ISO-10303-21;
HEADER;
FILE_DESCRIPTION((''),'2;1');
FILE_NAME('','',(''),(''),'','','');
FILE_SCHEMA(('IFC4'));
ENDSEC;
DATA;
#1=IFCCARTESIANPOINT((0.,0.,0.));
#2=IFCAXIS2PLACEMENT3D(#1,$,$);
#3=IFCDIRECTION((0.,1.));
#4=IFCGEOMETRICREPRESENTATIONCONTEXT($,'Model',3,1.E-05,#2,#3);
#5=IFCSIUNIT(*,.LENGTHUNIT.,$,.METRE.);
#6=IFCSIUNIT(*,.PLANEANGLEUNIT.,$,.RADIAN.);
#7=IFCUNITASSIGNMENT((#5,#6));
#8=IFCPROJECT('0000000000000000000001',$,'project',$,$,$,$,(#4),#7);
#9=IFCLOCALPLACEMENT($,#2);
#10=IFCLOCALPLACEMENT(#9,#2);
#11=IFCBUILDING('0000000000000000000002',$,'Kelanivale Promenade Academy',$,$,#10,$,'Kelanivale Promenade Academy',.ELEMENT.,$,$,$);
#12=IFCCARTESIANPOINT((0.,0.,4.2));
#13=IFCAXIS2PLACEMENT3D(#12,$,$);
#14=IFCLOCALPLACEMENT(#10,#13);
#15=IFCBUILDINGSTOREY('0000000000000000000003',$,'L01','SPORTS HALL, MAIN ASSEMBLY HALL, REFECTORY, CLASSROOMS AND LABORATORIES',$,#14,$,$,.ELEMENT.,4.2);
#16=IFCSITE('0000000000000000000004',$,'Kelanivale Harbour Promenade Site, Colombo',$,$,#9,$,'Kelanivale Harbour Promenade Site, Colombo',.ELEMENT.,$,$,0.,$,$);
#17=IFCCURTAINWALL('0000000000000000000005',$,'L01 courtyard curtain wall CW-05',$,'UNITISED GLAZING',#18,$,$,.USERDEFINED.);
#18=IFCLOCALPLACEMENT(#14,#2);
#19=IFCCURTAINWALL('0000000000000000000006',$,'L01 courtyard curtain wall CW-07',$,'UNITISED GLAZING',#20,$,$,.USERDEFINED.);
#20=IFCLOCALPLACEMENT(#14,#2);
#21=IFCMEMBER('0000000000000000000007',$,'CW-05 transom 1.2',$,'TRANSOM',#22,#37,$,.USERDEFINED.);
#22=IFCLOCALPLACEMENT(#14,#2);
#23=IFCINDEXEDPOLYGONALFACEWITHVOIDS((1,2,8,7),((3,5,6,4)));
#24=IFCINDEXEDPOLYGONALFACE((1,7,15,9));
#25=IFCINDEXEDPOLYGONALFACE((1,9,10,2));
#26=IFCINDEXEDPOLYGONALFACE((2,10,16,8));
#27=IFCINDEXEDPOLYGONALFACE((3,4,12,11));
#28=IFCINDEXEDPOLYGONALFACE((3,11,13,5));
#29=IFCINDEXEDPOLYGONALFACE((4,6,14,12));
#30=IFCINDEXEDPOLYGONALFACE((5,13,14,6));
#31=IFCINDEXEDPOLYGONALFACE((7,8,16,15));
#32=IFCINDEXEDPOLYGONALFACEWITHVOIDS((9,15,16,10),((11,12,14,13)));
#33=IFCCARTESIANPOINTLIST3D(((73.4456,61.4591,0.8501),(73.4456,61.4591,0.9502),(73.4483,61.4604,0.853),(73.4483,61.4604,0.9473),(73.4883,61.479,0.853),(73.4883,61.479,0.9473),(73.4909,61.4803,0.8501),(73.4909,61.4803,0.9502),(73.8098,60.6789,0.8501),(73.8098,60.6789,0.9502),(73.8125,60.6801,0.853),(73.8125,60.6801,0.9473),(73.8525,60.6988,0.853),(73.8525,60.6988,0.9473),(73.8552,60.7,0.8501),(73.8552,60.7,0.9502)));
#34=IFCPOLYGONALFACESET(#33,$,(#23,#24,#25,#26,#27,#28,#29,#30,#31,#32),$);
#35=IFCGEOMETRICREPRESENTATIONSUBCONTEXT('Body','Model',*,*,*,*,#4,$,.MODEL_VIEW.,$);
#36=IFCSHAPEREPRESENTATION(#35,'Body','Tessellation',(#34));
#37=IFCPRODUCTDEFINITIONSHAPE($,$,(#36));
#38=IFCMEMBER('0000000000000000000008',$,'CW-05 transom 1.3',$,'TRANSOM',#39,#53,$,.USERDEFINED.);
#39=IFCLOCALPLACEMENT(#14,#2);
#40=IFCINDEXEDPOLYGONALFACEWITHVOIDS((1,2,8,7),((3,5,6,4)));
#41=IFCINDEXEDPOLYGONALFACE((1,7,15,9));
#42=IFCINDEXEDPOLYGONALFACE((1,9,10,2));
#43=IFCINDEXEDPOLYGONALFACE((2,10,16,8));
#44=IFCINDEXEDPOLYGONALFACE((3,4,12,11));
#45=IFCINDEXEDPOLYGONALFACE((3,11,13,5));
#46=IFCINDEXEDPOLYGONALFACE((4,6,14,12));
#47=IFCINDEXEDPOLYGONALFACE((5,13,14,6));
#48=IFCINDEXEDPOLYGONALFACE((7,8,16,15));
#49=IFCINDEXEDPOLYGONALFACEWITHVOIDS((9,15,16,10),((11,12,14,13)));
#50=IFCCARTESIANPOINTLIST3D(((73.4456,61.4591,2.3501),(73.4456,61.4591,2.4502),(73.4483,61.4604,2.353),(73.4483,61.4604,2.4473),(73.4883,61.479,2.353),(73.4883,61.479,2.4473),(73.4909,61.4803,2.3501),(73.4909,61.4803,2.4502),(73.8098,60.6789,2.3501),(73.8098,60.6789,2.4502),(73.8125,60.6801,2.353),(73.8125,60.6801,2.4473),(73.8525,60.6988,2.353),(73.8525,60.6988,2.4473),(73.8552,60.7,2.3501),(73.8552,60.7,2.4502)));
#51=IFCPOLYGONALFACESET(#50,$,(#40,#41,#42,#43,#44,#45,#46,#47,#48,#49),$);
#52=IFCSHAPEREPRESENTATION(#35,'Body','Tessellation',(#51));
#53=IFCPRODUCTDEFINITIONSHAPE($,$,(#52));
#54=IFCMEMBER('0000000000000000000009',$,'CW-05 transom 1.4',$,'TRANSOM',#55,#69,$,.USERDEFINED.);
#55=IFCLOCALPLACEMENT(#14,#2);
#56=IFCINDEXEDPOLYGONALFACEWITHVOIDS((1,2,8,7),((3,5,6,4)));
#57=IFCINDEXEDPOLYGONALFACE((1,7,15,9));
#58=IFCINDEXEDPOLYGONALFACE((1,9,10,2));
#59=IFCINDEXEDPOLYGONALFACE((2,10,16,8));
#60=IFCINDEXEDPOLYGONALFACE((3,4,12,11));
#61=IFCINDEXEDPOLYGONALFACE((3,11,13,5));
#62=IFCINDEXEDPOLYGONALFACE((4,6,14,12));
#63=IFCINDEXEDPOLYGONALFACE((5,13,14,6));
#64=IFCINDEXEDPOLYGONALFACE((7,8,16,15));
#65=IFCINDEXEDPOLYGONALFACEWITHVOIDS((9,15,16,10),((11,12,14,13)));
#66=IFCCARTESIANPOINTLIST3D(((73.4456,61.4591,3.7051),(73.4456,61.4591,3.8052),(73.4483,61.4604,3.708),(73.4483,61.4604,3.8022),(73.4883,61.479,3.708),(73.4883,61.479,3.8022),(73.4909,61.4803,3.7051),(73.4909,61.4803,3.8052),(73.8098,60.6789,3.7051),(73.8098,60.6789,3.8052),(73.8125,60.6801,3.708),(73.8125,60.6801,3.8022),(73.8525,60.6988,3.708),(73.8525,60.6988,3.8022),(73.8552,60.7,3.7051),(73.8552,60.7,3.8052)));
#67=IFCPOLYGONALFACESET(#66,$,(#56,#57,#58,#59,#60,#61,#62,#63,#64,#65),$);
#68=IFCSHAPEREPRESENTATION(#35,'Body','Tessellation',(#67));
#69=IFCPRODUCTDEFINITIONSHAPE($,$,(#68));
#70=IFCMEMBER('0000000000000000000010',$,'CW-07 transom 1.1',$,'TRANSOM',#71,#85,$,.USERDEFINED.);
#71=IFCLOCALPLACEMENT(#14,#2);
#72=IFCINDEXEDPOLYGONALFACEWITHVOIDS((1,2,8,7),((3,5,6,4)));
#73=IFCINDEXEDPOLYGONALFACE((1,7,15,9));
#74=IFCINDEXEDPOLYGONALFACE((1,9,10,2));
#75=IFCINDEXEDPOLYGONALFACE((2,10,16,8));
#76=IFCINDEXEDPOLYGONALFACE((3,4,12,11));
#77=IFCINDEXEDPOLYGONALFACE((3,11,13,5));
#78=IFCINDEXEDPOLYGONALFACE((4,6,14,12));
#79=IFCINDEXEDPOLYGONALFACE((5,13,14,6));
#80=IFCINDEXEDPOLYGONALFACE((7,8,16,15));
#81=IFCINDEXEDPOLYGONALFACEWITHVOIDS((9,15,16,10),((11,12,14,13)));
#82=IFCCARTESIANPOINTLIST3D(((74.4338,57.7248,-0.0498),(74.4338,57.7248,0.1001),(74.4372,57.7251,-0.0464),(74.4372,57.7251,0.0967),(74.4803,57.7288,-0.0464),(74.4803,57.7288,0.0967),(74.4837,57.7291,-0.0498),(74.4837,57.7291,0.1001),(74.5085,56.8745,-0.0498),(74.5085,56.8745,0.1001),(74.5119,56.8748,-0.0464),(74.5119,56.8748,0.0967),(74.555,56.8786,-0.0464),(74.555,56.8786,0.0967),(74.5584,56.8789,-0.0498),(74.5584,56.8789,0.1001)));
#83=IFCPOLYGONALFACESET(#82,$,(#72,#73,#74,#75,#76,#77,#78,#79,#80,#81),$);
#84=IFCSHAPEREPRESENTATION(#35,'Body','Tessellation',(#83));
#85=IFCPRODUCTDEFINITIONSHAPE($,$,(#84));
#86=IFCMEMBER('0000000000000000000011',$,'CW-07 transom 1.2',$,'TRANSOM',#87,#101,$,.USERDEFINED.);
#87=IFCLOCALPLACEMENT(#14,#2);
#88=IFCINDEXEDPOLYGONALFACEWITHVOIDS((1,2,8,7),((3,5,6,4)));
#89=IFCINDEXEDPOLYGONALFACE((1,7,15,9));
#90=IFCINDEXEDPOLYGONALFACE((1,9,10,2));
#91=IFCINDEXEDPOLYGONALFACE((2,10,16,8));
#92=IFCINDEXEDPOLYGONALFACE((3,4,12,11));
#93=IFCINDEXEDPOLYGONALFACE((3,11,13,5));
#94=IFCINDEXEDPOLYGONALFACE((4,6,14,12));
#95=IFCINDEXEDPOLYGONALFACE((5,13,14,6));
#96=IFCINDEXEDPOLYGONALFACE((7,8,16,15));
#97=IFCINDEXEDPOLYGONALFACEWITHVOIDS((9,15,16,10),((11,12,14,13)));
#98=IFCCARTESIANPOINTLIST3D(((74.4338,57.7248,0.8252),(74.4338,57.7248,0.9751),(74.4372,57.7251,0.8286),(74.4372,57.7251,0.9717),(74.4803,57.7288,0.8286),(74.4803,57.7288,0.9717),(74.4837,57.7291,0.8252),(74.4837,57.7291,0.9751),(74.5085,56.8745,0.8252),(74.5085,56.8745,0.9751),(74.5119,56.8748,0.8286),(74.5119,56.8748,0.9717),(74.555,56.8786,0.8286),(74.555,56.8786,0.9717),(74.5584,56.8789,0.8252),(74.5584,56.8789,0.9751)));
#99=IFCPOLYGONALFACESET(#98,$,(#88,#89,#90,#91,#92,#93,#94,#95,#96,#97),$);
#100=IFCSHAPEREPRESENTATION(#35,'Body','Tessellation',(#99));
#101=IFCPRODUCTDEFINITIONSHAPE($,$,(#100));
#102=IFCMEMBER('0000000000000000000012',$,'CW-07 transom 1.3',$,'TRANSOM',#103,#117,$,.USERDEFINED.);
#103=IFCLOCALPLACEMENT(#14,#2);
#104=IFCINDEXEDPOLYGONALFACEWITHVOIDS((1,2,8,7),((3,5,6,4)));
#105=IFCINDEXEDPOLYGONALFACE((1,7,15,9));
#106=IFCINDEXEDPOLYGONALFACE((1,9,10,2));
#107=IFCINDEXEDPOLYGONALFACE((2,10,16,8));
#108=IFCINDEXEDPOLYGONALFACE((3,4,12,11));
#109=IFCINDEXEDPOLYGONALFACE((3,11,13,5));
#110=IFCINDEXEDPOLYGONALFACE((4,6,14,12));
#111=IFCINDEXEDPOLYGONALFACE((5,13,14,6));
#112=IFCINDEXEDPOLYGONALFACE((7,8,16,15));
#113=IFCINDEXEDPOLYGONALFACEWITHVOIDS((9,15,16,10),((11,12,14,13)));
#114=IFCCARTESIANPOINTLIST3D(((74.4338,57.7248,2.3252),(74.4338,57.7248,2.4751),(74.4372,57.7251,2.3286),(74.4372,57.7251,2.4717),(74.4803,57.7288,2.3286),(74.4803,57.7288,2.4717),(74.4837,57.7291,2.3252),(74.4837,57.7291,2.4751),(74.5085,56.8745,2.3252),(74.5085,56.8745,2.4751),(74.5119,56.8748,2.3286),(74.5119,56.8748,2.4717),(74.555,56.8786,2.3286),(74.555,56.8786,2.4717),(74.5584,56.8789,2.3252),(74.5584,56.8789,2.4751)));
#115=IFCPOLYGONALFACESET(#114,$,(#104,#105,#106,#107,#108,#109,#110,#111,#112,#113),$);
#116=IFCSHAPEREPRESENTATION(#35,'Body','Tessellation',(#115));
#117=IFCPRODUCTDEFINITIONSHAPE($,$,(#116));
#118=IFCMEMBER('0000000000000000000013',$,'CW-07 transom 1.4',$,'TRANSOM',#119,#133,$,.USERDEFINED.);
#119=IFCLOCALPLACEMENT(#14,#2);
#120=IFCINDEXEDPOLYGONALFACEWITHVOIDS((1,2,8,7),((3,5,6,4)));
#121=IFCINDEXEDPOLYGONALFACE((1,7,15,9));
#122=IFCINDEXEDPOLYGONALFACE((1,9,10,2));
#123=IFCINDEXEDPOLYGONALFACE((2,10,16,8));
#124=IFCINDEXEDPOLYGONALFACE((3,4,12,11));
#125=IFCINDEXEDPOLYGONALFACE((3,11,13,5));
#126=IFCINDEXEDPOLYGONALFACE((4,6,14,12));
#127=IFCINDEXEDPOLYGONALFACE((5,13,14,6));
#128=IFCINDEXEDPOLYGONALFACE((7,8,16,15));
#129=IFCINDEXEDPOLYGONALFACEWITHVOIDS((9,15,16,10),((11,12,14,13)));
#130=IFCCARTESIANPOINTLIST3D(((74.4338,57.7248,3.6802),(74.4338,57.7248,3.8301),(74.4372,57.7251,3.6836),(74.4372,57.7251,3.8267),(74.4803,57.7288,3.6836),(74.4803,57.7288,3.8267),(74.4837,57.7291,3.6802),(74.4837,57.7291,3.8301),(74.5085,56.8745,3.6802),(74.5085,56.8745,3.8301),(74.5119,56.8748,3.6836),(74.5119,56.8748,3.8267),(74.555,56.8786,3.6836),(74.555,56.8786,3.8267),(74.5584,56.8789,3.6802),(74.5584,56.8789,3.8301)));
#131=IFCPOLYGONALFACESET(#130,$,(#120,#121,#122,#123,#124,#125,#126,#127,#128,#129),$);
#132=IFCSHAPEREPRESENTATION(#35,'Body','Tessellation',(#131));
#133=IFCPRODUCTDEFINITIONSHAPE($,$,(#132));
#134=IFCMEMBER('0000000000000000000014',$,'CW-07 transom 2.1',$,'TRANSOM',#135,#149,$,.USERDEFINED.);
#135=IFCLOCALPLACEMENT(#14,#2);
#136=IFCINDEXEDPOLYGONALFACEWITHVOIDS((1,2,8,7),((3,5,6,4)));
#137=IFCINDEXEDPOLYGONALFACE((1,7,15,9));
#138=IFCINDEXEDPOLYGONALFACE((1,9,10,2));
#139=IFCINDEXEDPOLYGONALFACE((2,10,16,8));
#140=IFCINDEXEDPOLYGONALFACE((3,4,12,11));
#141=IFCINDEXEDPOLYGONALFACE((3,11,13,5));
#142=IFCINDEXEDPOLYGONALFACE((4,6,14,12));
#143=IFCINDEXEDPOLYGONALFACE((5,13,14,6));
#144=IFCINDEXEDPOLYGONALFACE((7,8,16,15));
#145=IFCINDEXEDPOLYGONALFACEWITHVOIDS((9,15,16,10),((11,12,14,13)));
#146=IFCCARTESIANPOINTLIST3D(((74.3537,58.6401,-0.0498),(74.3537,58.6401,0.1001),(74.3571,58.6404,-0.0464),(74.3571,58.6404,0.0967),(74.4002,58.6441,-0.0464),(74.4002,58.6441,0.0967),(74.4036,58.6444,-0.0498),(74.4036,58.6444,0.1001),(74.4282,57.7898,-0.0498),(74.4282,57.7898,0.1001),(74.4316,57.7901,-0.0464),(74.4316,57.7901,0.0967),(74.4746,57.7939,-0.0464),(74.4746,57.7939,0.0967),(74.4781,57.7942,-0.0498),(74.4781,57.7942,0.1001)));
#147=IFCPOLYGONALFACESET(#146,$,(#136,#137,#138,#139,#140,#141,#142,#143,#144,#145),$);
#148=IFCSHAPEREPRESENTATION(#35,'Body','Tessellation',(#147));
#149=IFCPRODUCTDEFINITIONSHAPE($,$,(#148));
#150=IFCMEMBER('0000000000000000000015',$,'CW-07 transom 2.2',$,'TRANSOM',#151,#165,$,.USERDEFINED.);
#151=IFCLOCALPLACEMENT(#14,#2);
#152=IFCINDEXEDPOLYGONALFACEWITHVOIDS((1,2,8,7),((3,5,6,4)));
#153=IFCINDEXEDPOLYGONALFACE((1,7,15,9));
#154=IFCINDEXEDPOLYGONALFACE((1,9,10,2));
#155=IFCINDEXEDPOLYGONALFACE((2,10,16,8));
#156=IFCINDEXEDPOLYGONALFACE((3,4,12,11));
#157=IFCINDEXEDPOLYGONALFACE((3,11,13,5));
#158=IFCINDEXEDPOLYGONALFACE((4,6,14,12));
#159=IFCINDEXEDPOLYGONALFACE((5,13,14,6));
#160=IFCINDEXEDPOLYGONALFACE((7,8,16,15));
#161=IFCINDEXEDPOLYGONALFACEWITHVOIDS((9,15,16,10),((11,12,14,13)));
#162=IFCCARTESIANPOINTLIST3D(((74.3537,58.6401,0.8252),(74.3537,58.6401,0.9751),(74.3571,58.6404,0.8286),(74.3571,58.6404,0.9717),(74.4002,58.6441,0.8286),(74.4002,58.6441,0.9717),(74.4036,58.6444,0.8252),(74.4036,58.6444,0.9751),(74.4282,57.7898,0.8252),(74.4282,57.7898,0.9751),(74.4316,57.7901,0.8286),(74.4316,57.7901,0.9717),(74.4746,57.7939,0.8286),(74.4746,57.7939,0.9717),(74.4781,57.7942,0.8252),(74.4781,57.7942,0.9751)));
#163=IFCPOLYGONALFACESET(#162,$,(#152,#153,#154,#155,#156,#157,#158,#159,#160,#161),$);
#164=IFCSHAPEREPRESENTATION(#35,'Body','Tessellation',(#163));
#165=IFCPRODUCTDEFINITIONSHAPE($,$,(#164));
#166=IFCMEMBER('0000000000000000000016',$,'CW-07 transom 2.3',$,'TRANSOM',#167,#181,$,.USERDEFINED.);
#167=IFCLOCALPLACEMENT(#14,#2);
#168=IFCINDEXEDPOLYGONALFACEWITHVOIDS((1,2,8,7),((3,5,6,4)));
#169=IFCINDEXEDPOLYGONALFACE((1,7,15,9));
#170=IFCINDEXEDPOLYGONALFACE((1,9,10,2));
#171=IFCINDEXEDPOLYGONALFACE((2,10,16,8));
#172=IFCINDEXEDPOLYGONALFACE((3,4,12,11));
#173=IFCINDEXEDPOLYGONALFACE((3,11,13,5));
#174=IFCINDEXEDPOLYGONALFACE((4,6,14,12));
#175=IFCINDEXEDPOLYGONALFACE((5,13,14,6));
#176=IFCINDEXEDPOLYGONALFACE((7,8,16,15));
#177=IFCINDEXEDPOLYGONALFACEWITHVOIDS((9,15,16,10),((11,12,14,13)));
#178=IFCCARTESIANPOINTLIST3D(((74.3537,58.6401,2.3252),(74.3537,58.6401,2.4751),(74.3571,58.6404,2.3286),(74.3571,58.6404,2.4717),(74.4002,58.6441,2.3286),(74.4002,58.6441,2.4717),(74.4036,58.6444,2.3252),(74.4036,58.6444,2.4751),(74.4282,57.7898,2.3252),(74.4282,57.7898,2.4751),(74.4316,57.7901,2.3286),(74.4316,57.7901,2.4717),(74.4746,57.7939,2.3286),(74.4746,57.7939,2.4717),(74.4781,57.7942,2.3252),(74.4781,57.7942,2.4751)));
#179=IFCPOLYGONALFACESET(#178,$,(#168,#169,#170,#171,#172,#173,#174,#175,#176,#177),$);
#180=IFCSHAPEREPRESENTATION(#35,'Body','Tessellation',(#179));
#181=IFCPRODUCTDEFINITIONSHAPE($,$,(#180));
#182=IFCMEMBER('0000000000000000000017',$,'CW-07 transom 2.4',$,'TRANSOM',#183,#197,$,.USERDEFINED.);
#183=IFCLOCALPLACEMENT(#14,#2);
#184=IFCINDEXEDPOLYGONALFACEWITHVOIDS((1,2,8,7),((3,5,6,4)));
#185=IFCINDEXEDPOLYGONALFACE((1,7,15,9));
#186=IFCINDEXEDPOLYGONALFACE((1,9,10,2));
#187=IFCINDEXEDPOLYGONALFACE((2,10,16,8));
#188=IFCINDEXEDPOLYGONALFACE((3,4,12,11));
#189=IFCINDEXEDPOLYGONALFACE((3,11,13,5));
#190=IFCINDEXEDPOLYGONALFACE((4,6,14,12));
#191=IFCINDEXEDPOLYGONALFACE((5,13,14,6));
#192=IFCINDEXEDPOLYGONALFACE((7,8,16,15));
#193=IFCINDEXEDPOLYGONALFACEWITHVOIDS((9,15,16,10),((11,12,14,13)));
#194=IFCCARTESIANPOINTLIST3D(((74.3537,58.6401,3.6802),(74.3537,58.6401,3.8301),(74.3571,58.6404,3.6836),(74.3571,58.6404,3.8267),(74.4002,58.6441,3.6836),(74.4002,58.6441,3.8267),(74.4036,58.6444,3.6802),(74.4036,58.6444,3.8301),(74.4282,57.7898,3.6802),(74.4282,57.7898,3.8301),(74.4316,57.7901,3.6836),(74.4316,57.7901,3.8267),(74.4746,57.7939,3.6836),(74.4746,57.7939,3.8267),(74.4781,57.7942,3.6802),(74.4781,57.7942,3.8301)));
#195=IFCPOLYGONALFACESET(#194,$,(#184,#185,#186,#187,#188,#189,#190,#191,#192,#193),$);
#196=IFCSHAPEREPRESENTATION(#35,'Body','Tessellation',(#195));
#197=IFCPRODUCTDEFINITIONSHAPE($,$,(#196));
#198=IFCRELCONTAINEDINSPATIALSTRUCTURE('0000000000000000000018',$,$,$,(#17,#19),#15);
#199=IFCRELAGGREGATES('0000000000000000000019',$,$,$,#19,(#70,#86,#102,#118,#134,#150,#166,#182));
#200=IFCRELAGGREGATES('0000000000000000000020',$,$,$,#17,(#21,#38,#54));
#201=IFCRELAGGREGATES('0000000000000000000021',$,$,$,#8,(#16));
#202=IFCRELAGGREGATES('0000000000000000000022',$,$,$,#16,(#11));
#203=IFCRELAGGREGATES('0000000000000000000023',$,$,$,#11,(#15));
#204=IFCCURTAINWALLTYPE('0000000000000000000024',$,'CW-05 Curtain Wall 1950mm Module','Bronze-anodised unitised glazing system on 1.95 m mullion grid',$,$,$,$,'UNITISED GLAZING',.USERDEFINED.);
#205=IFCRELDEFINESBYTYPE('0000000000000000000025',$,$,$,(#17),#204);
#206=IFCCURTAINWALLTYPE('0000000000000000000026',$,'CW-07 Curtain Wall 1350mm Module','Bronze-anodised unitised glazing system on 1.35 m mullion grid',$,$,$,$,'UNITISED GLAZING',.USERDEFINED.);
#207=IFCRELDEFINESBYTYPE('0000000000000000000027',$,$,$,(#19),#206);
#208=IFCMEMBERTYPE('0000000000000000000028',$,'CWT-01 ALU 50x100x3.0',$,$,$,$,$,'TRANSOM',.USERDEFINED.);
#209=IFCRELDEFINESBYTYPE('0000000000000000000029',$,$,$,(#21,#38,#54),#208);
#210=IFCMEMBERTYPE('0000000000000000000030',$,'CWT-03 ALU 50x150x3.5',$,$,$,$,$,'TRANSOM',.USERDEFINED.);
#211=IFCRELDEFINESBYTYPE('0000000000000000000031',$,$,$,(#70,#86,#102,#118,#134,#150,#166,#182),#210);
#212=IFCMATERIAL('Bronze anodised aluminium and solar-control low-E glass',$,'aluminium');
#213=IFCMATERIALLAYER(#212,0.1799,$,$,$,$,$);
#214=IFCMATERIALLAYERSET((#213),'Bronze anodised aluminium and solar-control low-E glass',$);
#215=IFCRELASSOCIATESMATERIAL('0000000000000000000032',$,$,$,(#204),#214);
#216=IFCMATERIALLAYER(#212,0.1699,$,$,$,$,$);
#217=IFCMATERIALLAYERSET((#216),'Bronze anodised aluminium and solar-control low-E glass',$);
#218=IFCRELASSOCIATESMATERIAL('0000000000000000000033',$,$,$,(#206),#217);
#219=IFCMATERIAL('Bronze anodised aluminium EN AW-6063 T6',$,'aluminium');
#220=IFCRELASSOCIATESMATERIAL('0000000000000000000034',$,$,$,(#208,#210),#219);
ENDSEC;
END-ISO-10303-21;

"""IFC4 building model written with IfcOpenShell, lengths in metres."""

from ifc_helpers import new_model, si_unit, direction, frame, origin, origin_2d, place, context, subcontext, project, spatial, hollow_rectangle, extrude, material, layer, layer_set, material_profile, profile_set, type_object, element, aggregate, save


model = new_model("IFC4")

# Units and contexts
model_context = context("Model", 3, precision=1e-05, world=origin(), true_north=direction((0.0, 1.0)))
body_context = subcontext(model_context, "Body", "Model", "MODEL_VIEW")
ifc_project = project(units=[si_unit("LENGTHUNIT", "METRE"), si_unit("PLANEANGLEUNIT", "RADIAN")], contexts=[model_context])

# Site, building, storey
site_placement = place(None, origin())
site = spatial("IfcSite", under=ifc_project, at=site_placement, Name="Kelanivale Harbour Promenade Site, Colombo", LongName="Kelanivale Harbour Promenade Site, Colombo", CompositionType="ELEMENT", RefElevation=0.0)
building_placement = place(site_placement, origin())
building = spatial("IfcBuilding", under=site, at=building_placement, Name="Kelanivale Promenade Academy", LongName="Kelanivale Promenade Academy", CompositionType="ELEMENT")
storey_placement = place(building_placement, frame((0.0, 0.0, 4.2)))
storey = spatial("IfcBuildingStorey", under=building, at=storey_placement, Name="L01", Description="SPORTS HALL, MAIN ASSEMBLY HALL, REFECTORY, CLASSROOMS AND LABORATORIES", CompositionType="ELEMENT", Elevation=4.2)

# Curtain wall
ifc_material_1 = material(Name="Bronze anodised aluminium and solar-control low-E glass", Category="aluminium")
ifc_layer_1 = layer(ifc_material_1, 0.1799)
ifc_layer_set_1 = layer_set([ifc_layer_1], Name="Bronze anodised aluminium and solar-control low-E glass")
curtain_wall_type_1 = type_object("IfcCurtainWallType", Name="CW-05 Curtain Wall 1950mm Module", Description="Bronze-anodised unitised glazing system on 1.95 m mullion grid", ElementType="UNITISED GLAZING", PredefinedType="USERDEFINED", material=ifc_layer_set_1)
curtain_wall_1_placement = place(storey_placement, origin())
curtain_wall_1 = element("IfcCurtainWall", 1, at=curtain_wall_1_placement, inside=storey, type_object=curtain_wall_type_1, Name="L01 courtyard curtain wall CW-05", ObjectType="UNITISED GLAZING", PredefinedType="USERDEFINED")
ifc_material_2 = material(Name="Bronze anodised aluminium EN AW-6063 T6", Category="aluminium")

# Curtain wall
ifc_layer_2 = layer(ifc_material_1, 0.1699)
ifc_layer_set_2 = layer_set([ifc_layer_2], Name="Bronze anodised aluminium and solar-control low-E glass")
curtain_wall_type_2 = type_object("IfcCurtainWallType", Name="CW-07 Curtain Wall 1350mm Module", Description="Bronze-anodised unitised glazing system on 1.35 m mullion grid", ElementType="UNITISED GLAZING", PredefinedType="USERDEFINED", material=ifc_layer_set_2)
curtain_wall_2_placement = place(storey_placement, origin())
curtain_wall_2 = element("IfcCurtainWall", 2, at=curtain_wall_2_placement, inside=storey, type_object=curtain_wall_type_2, Name="L01 courtyard curtain wall CW-07", ObjectType="UNITISED GLAZING", PredefinedType="USERDEFINED")

# Members
ifc_material_profile_1 = material_profile(ifc_material_2, hollow_rectangle(XDim=0.05, YDim=0.1001, WallThickness=0.0029, at=origin_2d()), Name="ALU 50x100x3.0")
ifc_profile_set_1 = profile_set([ifc_material_profile_1], Name="Bronze anodised aluminium EN AW-6063 T6")
member_type_1 = type_object("IfcMemberType", Name="CWT-01 ALU 50x100x3.0", ElementType="TRANSOM", PredefinedType="USERDEFINED", material=ifc_profile_set_1)
member_1_placement = place(storey_placement, frame((73.8325, 60.6895, 0.9001), z_axis=(-0.42301, 0.906125, 0.0), x_axis=(-0.906125, -0.42301, 0.0)))
member_1 = element("IfcMember", 3, at=member_1_placement, type_object=member_type_1, Name="CW-05 transom 1.2", ObjectType="TRANSOM", PredefinedType="USERDEFINED", context=body_context, shape_type="SweptSolid", body=[
    extrude(hollow_rectangle(XDim=0.05, YDim=0.1001, WallThickness=0.0029, at=origin_2d()), origin(), (0.0, 0.0, 1.0), 0.8611),
])
member_2_placement = place(storey_placement, frame((73.8325, 60.6895, 2.4001), z_axis=(-0.42301, 0.906125, 0.0), x_axis=(-0.906125, -0.42301, 0.0)))
member_2 = element("IfcMember", 4, at=member_2_placement, type_object=member_type_1, Name="CW-05 transom 1.3", ObjectType="TRANSOM", PredefinedType="USERDEFINED", context=body_context, shape_type="SweptSolid", body=[
    extrude(hollow_rectangle(XDim=0.05, YDim=0.1001, WallThickness=0.0029, at=origin_2d()), origin(), (0.0, 0.0, 1.0), 0.8611),
])
member_3_placement = place(storey_placement, frame((73.8325, 60.6895, 3.7551), z_axis=(-0.42301, 0.906125, 0.0), x_axis=(-0.906125, -0.42301, 0.0)))
member_3 = element("IfcMember", 5, at=member_3_placement, type_object=member_type_1, Name="CW-05 transom 1.4", ObjectType="TRANSOM", PredefinedType="USERDEFINED", context=body_context, shape_type="SweptSolid", body=[
    extrude(hollow_rectangle(XDim=0.05, YDim=0.1001, WallThickness=0.0029, at=origin_2d()), origin(), (0.0, 0.0, 1.0), 0.8611),
])
ifc_material_profile_2 = material_profile(ifc_material_2, hollow_rectangle(XDim=0.05, YDim=0.1499, WallThickness=0.0034, at=origin_2d()), Name="ALU 50x150x3.5")
ifc_profile_set_2 = profile_set([ifc_material_profile_2], Name="Bronze anodised aluminium EN AW-6063 T6")
member_type_2 = type_object("IfcMemberType", Name="CWT-03 ALU 50x150x3.5", ElementType="TRANSOM", PredefinedType="USERDEFINED", material=ifc_profile_set_2)
member_4_placement = place(storey_placement, frame((74.5334, 56.8767, 0.0251), z_axis=(-0.087518, 0.996163, 0.0), x_axis=(-0.996163, -0.087518, 0.0)))
member_4 = element("IfcMember", 6, at=member_4_placement, type_object=member_type_2, Name="CW-07 transom 1.1", ObjectType="TRANSOM", PredefinedType="USERDEFINED", context=body_context, shape_type="SweptSolid", body=[
    extrude(hollow_rectangle(XDim=0.05, YDim=0.1499, WallThickness=0.0034, at=origin_2d()), origin(), (0.0, 0.0, 1.0), 0.8535),
])
member_5_placement = place(storey_placement, frame((74.5334, 56.8767, 0.9001), z_axis=(-0.087518, 0.996163, 0.0), x_axis=(-0.996163, -0.087518, 0.0)))
member_5 = element("IfcMember", 7, at=member_5_placement, type_object=member_type_2, Name="CW-07 transom 1.2", ObjectType="TRANSOM", PredefinedType="USERDEFINED", context=body_context, shape_type="SweptSolid", body=[
    extrude(hollow_rectangle(XDim=0.05, YDim=0.1499, WallThickness=0.0034, at=origin_2d()), origin(), (0.0, 0.0, 1.0), 0.8535),
])
member_6_placement = place(storey_placement, frame((74.5334, 56.8767, 2.4001), z_axis=(-0.087518, 0.996163, 0.0), x_axis=(-0.996163, -0.087518, 0.0)))
member_6 = element("IfcMember", 8, at=member_6_placement, type_object=member_type_2, Name="CW-07 transom 1.3", ObjectType="TRANSOM", PredefinedType="USERDEFINED", context=body_context, shape_type="SweptSolid", body=[
    extrude(hollow_rectangle(XDim=0.05, YDim=0.1499, WallThickness=0.0034, at=origin_2d()), origin(), (0.0, 0.0, 1.0), 0.8535),
])
member_7_placement = place(storey_placement, frame((74.5334, 56.8767, 3.7551), z_axis=(-0.087518, 0.996163, 0.0), x_axis=(-0.996163, -0.087518, 0.0)))
member_7 = element("IfcMember", 9, at=member_7_placement, type_object=member_type_2, Name="CW-07 transom 1.4", ObjectType="TRANSOM", PredefinedType="USERDEFINED", context=body_context, shape_type="SweptSolid", body=[
    extrude(hollow_rectangle(XDim=0.05, YDim=0.1499, WallThickness=0.0034, at=origin_2d()), origin(), (0.0, 0.0, 1.0), 0.8535),
])
member_8_placement = place(storey_placement, frame((74.4531, 57.792, 0.0251), z_axis=(-0.087234, 0.996188, 0.0), x_axis=(-0.996188, -0.087234, 0.0)))
member_8 = element("IfcMember", 10, at=member_8_placement, type_object=member_type_2, Name="CW-07 transom 2.1", ObjectType="TRANSOM", PredefinedType="USERDEFINED", context=body_context, shape_type="SweptSolid", body=[
    extrude(hollow_rectangle(XDim=0.05, YDim=0.1499, WallThickness=0.0034, at=origin_2d()), origin(), (0.0, 0.0, 1.0), 0.8535),
])
member_9_placement = place(storey_placement, frame((74.4531, 57.792, 0.9001), z_axis=(-0.087234, 0.996188, 0.0), x_axis=(-0.996188, -0.087234, 0.0)))
member_9 = element("IfcMember", 11, at=member_9_placement, type_object=member_type_2, Name="CW-07 transom 2.2", ObjectType="TRANSOM", PredefinedType="USERDEFINED", context=body_context, shape_type="SweptSolid", body=[
    extrude(hollow_rectangle(XDim=0.05, YDim=0.1499, WallThickness=0.0034, at=origin_2d()), origin(), (0.0, 0.0, 1.0), 0.8535),
])
member_10_placement = place(storey_placement, frame((74.4531, 57.792, 2.4001), z_axis=(-0.087234, 0.996188, 0.0), x_axis=(-0.996188, -0.087234, 0.0)))
member_10 = element("IfcMember", 12, at=member_10_placement, type_object=member_type_2, Name="CW-07 transom 2.3", ObjectType="TRANSOM", PredefinedType="USERDEFINED", context=body_context, shape_type="SweptSolid", body=[
    extrude(hollow_rectangle(XDim=0.05, YDim=0.1499, WallThickness=0.0034, at=origin_2d()), origin(), (0.0, 0.0, 1.0), 0.8535),
])
member_11_placement = place(storey_placement, frame((74.4531, 57.792, 3.7551), z_axis=(-0.087234, 0.996188, 0.0), x_axis=(-0.996188, -0.087234, 0.0)))
member_11 = element("IfcMember", 13, at=member_11_placement, type_object=member_type_2, Name="CW-07 transom 2.4", ObjectType="TRANSOM", PredefinedType="USERDEFINED", context=body_context, shape_type="SweptSolid", body=[
    extrude(hollow_rectangle(XDim=0.05, YDim=0.1499, WallThickness=0.0034, at=origin_2d()), origin(), (0.0, 0.0, 1.0), 0.8535),
])

aggregate(curtain_wall_2, [member_4, member_5, member_6, member_7, member_8, member_9, member_10, member_11])
aggregate(curtain_wall_1, [member_1, member_2, member_3])

save(model, "model.ifc")
